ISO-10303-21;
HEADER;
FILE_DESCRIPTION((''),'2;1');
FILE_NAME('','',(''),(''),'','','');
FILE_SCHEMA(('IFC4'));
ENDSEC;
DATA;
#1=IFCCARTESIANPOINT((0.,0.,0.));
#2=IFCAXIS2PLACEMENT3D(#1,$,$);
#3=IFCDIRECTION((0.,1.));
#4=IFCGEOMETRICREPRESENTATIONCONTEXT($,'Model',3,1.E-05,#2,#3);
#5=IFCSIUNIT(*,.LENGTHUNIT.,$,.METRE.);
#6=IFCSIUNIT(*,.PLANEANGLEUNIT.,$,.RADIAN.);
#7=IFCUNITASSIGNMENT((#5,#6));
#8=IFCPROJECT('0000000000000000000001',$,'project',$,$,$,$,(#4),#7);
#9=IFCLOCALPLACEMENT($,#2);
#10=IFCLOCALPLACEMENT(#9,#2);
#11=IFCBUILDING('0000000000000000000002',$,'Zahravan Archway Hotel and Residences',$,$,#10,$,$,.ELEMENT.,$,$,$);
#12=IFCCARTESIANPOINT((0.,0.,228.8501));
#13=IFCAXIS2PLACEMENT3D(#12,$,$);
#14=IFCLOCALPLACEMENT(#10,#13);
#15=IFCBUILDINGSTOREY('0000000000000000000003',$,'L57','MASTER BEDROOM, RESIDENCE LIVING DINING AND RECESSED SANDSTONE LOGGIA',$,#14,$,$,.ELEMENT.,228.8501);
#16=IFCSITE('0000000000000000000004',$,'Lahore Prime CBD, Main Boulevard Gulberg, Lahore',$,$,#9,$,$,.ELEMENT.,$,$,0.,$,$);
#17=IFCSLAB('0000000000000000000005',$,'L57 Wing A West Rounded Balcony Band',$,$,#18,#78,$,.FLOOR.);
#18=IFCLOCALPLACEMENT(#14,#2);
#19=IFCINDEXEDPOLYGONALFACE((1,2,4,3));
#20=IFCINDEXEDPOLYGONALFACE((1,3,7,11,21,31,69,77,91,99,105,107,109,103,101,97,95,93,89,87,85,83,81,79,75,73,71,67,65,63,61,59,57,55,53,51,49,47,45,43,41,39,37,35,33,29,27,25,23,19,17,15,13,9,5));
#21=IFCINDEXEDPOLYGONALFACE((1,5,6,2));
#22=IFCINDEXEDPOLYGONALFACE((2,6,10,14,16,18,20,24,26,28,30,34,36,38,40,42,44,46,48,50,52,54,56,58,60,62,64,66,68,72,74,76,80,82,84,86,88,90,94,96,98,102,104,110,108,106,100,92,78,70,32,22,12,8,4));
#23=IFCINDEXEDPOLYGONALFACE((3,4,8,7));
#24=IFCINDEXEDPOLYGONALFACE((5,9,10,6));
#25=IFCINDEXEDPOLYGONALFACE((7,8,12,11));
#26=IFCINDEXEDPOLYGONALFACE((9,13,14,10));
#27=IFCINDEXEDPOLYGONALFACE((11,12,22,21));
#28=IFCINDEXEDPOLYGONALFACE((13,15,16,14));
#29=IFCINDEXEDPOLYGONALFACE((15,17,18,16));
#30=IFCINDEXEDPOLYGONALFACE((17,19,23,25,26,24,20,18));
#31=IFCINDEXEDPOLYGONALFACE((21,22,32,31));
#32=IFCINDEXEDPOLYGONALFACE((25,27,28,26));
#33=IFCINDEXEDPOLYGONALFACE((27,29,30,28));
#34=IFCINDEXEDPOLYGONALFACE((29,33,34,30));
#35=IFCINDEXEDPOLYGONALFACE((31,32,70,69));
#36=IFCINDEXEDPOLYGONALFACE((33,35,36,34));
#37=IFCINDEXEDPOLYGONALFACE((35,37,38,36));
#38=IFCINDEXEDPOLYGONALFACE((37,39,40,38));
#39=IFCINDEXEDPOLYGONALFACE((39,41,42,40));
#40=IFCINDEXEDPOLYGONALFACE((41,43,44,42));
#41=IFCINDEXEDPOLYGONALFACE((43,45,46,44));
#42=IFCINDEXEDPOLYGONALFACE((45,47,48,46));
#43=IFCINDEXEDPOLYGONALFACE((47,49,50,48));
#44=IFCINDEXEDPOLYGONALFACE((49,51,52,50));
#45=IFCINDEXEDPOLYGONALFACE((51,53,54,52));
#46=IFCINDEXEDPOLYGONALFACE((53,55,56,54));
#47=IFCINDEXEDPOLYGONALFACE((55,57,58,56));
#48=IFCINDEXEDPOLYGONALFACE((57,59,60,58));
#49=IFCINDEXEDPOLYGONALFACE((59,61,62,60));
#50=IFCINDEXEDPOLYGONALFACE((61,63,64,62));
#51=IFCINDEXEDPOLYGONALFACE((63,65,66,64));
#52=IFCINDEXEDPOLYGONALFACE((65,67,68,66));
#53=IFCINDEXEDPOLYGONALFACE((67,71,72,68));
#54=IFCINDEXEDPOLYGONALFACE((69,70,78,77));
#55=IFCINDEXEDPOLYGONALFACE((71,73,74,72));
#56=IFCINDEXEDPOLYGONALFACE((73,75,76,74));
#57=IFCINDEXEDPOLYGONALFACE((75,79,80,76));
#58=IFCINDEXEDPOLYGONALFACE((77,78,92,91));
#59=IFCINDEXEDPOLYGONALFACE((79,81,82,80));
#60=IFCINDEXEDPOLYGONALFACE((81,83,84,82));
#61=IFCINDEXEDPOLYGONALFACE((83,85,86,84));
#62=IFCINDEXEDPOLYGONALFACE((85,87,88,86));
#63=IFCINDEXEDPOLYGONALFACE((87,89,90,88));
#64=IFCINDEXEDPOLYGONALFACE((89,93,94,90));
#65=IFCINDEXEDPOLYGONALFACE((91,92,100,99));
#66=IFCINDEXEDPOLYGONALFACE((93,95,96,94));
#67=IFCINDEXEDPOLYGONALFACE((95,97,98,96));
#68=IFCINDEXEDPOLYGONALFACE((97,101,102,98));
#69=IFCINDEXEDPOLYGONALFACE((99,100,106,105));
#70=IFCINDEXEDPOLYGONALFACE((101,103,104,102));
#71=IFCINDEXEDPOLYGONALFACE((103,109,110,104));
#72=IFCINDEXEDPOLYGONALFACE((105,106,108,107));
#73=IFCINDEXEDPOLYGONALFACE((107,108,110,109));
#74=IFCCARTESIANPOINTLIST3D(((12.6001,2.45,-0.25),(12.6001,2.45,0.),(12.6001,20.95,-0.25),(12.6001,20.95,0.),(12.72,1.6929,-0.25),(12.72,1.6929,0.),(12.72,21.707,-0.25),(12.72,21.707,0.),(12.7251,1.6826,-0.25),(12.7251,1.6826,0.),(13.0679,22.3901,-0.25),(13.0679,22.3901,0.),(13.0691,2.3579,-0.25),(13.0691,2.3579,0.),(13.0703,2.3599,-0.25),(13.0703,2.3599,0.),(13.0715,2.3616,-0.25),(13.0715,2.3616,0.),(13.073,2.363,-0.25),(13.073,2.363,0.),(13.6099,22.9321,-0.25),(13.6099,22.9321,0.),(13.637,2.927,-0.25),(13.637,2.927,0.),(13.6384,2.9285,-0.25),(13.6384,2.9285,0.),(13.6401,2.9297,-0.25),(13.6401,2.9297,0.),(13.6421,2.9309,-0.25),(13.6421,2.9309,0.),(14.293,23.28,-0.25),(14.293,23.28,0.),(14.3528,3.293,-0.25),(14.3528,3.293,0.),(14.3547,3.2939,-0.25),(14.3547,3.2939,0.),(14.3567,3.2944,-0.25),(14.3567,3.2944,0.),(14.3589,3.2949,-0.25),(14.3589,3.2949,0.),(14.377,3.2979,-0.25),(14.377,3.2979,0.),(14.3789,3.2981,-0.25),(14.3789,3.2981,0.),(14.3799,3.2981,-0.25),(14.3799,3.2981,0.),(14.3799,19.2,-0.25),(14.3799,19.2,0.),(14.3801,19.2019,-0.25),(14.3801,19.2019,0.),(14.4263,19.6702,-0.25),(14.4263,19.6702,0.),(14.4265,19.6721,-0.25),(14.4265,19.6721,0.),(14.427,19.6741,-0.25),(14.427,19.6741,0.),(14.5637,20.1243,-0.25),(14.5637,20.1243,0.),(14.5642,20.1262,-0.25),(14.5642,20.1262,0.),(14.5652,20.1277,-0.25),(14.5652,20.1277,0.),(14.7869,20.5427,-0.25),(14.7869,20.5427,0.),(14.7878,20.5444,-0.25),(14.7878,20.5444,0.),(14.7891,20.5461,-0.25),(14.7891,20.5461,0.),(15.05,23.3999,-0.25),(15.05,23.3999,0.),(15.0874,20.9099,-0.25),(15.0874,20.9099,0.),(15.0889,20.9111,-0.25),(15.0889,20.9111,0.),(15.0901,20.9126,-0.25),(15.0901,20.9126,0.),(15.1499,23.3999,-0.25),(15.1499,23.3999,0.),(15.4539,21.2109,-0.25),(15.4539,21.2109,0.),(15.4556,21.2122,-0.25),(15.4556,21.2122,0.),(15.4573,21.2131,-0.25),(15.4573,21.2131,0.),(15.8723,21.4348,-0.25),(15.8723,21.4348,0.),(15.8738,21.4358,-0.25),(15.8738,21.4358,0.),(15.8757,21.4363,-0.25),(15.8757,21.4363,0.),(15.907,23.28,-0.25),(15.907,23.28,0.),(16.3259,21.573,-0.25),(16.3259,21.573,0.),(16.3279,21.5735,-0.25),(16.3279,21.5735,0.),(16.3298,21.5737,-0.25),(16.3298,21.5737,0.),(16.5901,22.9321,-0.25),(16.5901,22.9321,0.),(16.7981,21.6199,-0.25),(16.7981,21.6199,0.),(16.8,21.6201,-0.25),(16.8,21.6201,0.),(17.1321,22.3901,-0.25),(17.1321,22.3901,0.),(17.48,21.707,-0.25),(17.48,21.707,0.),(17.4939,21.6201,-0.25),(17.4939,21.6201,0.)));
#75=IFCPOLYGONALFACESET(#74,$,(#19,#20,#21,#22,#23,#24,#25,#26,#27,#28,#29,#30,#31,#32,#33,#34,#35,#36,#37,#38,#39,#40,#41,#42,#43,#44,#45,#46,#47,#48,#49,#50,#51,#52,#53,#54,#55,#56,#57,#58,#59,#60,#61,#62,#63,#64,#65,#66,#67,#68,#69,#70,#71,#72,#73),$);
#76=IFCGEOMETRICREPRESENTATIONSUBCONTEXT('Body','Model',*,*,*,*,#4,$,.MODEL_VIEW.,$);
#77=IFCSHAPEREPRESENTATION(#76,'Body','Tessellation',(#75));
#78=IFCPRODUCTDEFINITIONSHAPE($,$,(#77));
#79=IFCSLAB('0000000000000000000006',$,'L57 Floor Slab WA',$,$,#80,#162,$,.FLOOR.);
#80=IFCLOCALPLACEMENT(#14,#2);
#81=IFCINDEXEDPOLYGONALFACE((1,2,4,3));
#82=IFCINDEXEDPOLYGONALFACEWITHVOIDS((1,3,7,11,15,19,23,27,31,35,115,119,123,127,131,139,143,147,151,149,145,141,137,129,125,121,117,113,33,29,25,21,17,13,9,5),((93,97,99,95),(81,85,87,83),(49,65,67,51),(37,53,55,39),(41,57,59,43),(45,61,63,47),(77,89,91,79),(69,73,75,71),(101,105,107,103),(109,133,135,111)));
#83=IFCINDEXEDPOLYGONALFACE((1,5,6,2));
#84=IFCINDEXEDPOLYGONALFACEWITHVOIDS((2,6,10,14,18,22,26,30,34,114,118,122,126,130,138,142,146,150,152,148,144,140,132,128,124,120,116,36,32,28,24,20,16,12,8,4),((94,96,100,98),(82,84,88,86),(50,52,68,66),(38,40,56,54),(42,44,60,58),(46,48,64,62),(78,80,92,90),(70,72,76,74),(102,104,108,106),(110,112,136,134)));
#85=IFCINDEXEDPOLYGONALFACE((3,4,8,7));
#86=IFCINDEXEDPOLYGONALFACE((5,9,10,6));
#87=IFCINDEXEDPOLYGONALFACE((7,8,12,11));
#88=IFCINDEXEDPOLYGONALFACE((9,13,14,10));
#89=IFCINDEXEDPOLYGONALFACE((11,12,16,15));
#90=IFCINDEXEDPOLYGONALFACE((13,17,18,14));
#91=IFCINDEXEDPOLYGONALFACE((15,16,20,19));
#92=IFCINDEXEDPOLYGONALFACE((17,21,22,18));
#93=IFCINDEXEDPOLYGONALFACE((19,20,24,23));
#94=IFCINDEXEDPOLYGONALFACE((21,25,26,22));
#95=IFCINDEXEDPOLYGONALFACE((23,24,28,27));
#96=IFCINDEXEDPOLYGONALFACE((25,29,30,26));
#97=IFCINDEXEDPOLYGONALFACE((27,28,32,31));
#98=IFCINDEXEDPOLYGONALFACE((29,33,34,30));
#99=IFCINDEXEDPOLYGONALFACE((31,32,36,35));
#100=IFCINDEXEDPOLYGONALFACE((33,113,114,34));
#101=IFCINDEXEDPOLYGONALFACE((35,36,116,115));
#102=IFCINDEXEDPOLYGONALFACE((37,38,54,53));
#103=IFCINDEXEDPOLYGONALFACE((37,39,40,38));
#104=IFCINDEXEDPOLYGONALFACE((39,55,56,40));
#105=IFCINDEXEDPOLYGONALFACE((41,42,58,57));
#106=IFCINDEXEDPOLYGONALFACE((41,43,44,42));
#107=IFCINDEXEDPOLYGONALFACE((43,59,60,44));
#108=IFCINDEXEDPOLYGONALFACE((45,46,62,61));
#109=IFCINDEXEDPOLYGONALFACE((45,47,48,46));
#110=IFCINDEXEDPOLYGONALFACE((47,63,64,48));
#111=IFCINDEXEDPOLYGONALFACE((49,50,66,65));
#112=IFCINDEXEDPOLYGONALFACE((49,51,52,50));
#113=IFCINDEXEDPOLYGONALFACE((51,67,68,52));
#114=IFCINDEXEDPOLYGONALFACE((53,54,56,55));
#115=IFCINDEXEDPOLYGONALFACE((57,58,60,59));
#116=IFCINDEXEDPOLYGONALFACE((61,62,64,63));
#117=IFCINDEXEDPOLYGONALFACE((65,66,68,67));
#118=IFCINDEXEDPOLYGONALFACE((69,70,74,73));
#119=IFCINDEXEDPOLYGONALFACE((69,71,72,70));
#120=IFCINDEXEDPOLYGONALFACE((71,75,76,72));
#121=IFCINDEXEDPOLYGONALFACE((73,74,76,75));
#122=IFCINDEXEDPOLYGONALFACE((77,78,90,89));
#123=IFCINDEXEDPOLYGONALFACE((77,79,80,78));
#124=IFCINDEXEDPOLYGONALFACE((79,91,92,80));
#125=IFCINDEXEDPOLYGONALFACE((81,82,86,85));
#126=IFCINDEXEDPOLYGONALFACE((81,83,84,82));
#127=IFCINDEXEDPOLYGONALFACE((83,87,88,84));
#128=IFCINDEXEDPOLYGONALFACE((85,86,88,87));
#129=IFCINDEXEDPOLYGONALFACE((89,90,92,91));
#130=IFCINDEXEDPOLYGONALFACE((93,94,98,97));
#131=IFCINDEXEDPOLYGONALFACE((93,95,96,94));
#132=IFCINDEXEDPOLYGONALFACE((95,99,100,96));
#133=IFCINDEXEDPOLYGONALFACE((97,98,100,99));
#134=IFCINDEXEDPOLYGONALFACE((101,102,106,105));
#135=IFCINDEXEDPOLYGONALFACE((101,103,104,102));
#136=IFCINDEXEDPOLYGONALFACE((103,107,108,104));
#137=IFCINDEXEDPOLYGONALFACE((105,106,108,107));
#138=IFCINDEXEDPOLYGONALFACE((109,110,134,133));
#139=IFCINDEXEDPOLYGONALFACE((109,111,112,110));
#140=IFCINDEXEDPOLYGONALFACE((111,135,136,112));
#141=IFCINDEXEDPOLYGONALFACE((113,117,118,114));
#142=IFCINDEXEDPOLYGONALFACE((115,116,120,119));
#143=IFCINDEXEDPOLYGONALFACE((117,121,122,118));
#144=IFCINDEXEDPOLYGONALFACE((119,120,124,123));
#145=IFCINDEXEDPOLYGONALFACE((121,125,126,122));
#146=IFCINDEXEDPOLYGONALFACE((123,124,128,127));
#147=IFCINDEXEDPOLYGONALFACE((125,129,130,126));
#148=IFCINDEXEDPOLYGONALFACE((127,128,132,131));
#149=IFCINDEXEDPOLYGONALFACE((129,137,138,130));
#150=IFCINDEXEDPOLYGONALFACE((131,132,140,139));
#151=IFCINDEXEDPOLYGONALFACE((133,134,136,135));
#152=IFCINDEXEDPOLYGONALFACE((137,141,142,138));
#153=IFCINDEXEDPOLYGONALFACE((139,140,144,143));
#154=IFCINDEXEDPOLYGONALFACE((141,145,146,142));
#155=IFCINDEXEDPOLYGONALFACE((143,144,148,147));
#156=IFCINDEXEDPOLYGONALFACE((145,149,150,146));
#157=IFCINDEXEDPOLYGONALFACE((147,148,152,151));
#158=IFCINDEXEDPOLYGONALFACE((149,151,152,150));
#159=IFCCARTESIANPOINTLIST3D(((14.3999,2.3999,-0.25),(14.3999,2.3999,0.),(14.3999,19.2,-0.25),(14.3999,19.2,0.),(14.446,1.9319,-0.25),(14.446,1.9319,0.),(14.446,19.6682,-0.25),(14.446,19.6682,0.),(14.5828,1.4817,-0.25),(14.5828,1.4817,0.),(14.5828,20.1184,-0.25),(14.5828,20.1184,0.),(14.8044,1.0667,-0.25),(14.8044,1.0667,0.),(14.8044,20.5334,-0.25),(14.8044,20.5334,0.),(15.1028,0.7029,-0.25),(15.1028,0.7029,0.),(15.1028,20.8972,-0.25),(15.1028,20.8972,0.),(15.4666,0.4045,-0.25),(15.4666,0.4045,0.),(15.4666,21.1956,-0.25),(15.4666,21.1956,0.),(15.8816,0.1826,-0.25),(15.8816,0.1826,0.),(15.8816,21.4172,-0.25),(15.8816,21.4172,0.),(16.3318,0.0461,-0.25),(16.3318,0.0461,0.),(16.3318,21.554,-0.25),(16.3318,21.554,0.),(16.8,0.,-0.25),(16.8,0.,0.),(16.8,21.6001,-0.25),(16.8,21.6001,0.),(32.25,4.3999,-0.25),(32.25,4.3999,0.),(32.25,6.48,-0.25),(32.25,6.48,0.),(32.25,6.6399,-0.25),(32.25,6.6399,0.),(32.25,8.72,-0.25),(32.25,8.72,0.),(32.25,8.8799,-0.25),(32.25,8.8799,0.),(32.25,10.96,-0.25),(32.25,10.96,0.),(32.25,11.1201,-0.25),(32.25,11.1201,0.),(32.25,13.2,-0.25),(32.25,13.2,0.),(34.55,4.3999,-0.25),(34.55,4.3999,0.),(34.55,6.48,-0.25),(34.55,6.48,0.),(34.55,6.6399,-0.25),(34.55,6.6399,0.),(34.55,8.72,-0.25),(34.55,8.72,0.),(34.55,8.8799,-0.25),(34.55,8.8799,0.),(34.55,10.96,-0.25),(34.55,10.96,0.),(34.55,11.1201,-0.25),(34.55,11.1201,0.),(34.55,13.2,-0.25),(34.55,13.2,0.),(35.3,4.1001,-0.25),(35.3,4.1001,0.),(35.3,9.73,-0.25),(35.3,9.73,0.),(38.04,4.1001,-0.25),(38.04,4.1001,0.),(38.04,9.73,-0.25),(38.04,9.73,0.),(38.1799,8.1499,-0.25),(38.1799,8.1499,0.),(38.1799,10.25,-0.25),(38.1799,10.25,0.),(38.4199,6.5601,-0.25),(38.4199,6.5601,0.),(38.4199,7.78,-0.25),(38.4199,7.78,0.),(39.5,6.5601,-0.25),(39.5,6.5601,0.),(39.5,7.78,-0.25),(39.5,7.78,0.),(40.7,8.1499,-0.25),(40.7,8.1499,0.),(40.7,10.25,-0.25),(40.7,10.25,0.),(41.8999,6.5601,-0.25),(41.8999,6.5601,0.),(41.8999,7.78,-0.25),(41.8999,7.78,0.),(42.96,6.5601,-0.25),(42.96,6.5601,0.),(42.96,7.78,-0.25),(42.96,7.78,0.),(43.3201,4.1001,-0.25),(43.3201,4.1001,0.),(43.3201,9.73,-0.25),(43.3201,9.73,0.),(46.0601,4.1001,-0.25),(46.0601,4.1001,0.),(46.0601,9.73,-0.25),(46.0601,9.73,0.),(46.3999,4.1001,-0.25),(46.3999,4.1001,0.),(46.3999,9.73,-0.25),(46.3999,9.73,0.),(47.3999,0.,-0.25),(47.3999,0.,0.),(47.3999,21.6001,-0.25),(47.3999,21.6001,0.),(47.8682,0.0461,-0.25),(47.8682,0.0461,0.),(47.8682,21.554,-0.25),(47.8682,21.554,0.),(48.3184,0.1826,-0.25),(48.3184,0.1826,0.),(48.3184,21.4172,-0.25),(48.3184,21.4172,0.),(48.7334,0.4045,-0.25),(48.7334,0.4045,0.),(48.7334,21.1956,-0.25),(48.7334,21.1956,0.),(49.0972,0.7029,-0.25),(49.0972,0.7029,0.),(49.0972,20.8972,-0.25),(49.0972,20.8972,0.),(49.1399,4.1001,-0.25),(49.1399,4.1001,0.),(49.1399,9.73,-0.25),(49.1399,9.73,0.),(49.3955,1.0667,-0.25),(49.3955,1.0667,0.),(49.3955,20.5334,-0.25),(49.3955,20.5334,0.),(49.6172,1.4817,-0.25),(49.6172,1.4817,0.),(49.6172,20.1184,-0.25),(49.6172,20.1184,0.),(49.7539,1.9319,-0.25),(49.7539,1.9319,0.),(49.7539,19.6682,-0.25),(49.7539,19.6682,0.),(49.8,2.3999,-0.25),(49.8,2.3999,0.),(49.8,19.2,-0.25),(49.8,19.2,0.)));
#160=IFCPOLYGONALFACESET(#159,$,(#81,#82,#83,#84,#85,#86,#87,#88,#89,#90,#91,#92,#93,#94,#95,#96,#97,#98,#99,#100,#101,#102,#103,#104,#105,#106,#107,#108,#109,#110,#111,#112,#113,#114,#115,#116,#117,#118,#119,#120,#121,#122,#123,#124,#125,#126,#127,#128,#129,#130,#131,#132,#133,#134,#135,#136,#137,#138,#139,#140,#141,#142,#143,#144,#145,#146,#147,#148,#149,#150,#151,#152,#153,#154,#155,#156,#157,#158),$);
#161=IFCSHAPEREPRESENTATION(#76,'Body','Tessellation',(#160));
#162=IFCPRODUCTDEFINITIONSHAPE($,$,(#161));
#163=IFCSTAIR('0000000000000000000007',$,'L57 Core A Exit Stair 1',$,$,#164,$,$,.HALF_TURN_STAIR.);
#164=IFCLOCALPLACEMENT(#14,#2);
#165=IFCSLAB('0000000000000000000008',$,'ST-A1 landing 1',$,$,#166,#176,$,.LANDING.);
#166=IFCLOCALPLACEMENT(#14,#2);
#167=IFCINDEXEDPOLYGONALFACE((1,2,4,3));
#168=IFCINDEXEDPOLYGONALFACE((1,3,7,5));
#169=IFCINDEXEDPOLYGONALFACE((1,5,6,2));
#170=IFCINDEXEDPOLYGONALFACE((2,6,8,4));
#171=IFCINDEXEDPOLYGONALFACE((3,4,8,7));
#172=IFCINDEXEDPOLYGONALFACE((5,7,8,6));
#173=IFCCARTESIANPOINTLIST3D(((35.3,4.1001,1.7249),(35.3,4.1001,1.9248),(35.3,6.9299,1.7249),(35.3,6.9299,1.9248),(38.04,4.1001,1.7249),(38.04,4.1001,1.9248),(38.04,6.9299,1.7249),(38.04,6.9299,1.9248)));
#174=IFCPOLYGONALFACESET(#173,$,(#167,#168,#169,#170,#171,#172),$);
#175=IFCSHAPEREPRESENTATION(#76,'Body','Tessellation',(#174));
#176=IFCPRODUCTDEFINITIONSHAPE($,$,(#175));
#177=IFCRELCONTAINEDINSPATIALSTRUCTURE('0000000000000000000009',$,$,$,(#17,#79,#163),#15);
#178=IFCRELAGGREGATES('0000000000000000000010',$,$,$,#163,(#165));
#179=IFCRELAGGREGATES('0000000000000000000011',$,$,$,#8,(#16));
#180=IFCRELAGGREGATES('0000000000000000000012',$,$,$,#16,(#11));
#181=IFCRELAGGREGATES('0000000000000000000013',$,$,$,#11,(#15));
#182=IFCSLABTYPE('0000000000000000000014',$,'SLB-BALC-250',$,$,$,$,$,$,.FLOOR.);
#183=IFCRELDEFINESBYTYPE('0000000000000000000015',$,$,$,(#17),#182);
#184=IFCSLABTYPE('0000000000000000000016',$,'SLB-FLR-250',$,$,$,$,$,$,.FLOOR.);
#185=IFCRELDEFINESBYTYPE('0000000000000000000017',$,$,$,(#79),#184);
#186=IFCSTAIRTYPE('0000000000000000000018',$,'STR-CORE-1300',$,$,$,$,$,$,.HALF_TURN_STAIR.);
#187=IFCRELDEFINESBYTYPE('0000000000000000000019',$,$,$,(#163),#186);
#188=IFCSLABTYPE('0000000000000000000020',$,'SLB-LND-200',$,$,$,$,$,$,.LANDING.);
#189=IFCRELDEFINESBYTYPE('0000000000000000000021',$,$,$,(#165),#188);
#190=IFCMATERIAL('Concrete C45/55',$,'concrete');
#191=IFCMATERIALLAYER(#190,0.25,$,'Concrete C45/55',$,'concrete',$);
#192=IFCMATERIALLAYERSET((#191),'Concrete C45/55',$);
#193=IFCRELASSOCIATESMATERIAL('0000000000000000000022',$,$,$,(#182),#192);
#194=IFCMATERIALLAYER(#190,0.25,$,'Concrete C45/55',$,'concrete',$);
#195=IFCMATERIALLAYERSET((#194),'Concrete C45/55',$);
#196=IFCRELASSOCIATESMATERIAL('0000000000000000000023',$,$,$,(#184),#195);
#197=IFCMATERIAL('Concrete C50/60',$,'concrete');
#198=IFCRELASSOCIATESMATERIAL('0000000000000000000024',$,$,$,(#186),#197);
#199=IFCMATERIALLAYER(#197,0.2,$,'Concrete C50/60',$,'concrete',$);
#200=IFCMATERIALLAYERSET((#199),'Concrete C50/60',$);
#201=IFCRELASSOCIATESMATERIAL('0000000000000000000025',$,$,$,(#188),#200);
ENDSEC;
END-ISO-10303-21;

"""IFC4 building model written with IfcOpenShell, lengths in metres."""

from ifc_helpers import new_model, si_unit, direction, frame, origin, place, context, subcontext, project, spatial, polyline, outline, extrude, material, layer, layer_set, type_object, element, aggregate, save


model = new_model("IFC4")

# Units and contexts
model_context = context("Model", 3, precision=1e-05, world=origin(), true_north=direction((0.0, 1.0)))
body_context = subcontext(model_context, "Body", "Model", "MODEL_VIEW")
ifc_project = project(units=[si_unit("LENGTHUNIT", "METRE"), si_unit("PLANEANGLEUNIT", "RADIAN")], contexts=[model_context])

# Site, building, storey
site_placement = place(None, origin())
site = spatial("IfcSite", under=ifc_project, at=site_placement, Name="Lahore Prime CBD, Main Boulevard Gulberg, Lahore", CompositionType="ELEMENT", RefElevation=0.0)
building_placement = place(site_placement, origin())
building = spatial("IfcBuilding", under=site, at=building_placement, Name="Zahravan Archway Hotel and Residences", CompositionType="ELEMENT")
storey_placement = place(building_placement, frame((0.0, 0.0, 228.8501)))
storey = spatial("IfcBuildingStorey", under=building, at=storey_placement, Name="L57", Description="MASTER BEDROOM, RESIDENCE LIVING DINING AND RECESSED SANDSTONE LOGGIA", CompositionType="ELEMENT", Elevation=228.8501)

# Slabs
ifc_material_1 = material(Name="Concrete C45/55", Category="concrete")
ifc_layer_1 = layer(ifc_material_1, 0.25, Name="Concrete C45/55", Category="concrete")
ifc_layer_set_1 = layer_set([ifc_layer_1], Name="Concrete C45/55")
slab_type_1 = type_object("IfcSlabType", Name="SLB-BALC-250", PredefinedType="FLOOR", material=ifc_layer_set_1)
slab_1_placement = place(storey_placement, frame((0.0, 0.0, -0.25)))
element("IfcSlab", 1, at=slab_1_placement, inside=storey, type_object=slab_type_1, Name="L57 Wing A West Rounded Balcony Band", PredefinedType="FLOOR", context=body_context, shape_type="SweptSolid", body=[
    extrude(outline(polyline([(12.72, 1.6929), (12.6001, 2.45), (12.6001, 20.95), (12.72, 21.707), (13.0679, 22.3901), (13.6099, 22.9321), (14.293, 23.28), (15.05, 23.3999), (15.1499, 23.3999), (15.907, 23.28), (16.5901, 22.9321), (17.1321, 22.3901), (17.48, 21.707), (17.4939, 21.6201), (16.8, 21.6201), (16.7981, 21.6199), (16.3298, 21.5737), (16.3279, 21.5735), (16.3259, 21.573), (15.8757, 21.4363), (15.8738, 21.4358), (15.8723, 21.4348), (15.4573, 21.2131), (15.4556, 21.2122), (15.4539, 21.2109), (15.0901, 20.9126), (15.0889, 20.9111), (15.0874, 20.9099), (14.7891, 20.5461), (14.7878, 20.5444), (14.7869, 20.5427), (14.5652, 20.1277), (14.5642, 20.1262), (14.5637, 20.1243), (14.427, 19.6741), (14.4265, 19.6721), (14.4263, 19.6702), (14.3801, 19.2019), (14.3799, 19.2), (14.3799, 3.2981), (14.3789, 3.2981), (14.377, 3.2979), (14.3589, 3.2949), (14.3567, 3.2944), (14.3547, 3.2939), (14.3528, 3.293), (13.6421, 2.9309), (13.6401, 2.9297), (13.6384, 2.9285), (13.637, 2.927), (13.073, 2.363), (13.0715, 2.3616), (13.0703, 2.3599), (13.0691, 2.3579), (12.7251, 1.6826), (12.72, 1.6929)])), origin(), (0.0, 0.0, 1.0), 0.25),
])
ifc_layer_2 = layer(ifc_material_1, 0.25, Name="Concrete C45/55", Category="concrete")
ifc_layer_set_2 = layer_set([ifc_layer_2], Name="Concrete C45/55")
slab_type_2 = type_object("IfcSlabType", Name="SLB-FLR-250", PredefinedType="FLOOR", material=ifc_layer_set_2)
slab_2_placement = place(storey_placement, frame((0.0, 0.0, -0.25)))
element("IfcSlab", 2, at=slab_2_placement, inside=storey, type_object=slab_type_2, Name="L57 Floor Slab WA", PredefinedType="FLOOR", context=body_context, shape_type="SweptSolid", body=[
    extrude(outline(polyline([(47.3999, 0.0), (47.8682, 0.0461), (48.3184, 0.1826), (48.7334, 0.4045), (49.0972, 0.7029), (49.3955, 1.0667), (49.6172, 1.4817), (49.7539, 1.9319), (49.8, 2.3999), (49.8, 19.2), (49.7539, 19.6682), (49.6172, 20.1184), (49.3955, 20.5334), (49.0972, 20.8972), (48.7334, 21.1956), (48.3184, 21.4172), (47.8682, 21.554), (47.3999, 21.6001), (16.8, 21.6001), (16.3318, 21.554), (15.8816, 21.4172), (15.4666, 21.1956), (15.1028, 20.8972), (14.8044, 20.5334), (14.5828, 20.1184), (14.446, 19.6682), (14.3999, 19.2), (14.3999, 2.3999), (14.446, 1.9319), (14.5828, 1.4817), (14.8044, 1.0667), (15.1028, 0.7029), (15.4666, 0.4045), (15.8816, 0.1826), (16.3318, 0.0461), (16.8, 0.0), (47.3999, 0.0)]), holes=[polyline([(35.3, 9.73), (35.3, 4.1001), (38.04, 4.1001), (38.04, 9.73), (35.3, 9.73)]), polyline([(43.3201, 9.73), (43.3201, 4.1001), (46.0601, 4.1001), (46.0601, 9.73), (43.3201, 9.73)]), polyline([(46.3999, 9.73), (46.3999, 4.1001), (49.1399, 4.1001), (49.1399, 9.73), (46.3999, 9.73)]), polyline([(38.1799, 8.1499), (40.7, 8.1499), (40.7, 10.25), (38.1799, 10.25), (38.1799, 8.1499)]), polyline([(32.25, 4.3999), (34.55, 4.3999), (34.55, 6.48), (32.25, 6.48), (32.25, 4.3999)]), polyline([(32.25, 6.6399), (34.55, 6.6399), (34.55, 8.72), (32.25, 8.72), (32.25, 6.6399)]), polyline([(32.25, 8.8799), (34.55, 8.8799), (34.55, 10.96), (32.25, 10.96), (32.25, 8.8799)]), polyline([(32.25, 11.1201), (34.55, 11.1201), (34.55, 13.2), (32.25, 13.2), (32.25, 11.1201)]), polyline([(38.4199, 6.5601), (39.5, 6.5601), (39.5, 7.78), (38.4199, 7.78), (38.4199, 6.5601)]), polyline([(41.8999, 6.5601), (42.96, 6.5601), (42.96, 7.78), (41.8999, 7.78), (41.8999, 6.5601)])]), origin(), (0.0, 0.0, 1.0), 0.25),
])

# Stair, slab
ifc_material_2 = material(Name="Concrete C50/60", Category="concrete")
stair_type = type_object("IfcStairType", Name="STR-CORE-1300", PredefinedType="HALF_TURN_STAIR", material=ifc_material_2)
stair_1_placement = place(storey_placement, origin())
stair_1 = element("IfcStair", 3, at=stair_1_placement, inside=storey, type_object=stair_type, Name="L57 Core A Exit Stair 1", PredefinedType="HALF_TURN_STAIR")
ifc_layer_3 = layer(ifc_material_2, 0.2, Name="Concrete C50/60", Category="concrete")
ifc_layer_set_3 = layer_set([ifc_layer_3], Name="Concrete C50/60")
slab_type_3 = type_object("IfcSlabType", Name="SLB-LND-200", PredefinedType="LANDING", material=ifc_layer_set_3)
slab_3_placement = place(storey_placement, frame((0.0, 0.0, 1.7249)))
slab_3 = element("IfcSlab", 4, at=slab_3_placement, type_object=slab_type_3, Name="ST-A1 landing 1", PredefinedType="LANDING", context=body_context, shape_type="SweptSolid", body=[
    extrude(outline(polyline([(35.3, 6.9299), (35.3, 4.1001), (38.04, 4.1001), (38.04, 6.9299), (35.3, 6.9299)])), origin(), (0.0, 0.0, 1.0), 0.2),
])
aggregate(stair_1, [slab_3])

save(model, "model.ifc")
